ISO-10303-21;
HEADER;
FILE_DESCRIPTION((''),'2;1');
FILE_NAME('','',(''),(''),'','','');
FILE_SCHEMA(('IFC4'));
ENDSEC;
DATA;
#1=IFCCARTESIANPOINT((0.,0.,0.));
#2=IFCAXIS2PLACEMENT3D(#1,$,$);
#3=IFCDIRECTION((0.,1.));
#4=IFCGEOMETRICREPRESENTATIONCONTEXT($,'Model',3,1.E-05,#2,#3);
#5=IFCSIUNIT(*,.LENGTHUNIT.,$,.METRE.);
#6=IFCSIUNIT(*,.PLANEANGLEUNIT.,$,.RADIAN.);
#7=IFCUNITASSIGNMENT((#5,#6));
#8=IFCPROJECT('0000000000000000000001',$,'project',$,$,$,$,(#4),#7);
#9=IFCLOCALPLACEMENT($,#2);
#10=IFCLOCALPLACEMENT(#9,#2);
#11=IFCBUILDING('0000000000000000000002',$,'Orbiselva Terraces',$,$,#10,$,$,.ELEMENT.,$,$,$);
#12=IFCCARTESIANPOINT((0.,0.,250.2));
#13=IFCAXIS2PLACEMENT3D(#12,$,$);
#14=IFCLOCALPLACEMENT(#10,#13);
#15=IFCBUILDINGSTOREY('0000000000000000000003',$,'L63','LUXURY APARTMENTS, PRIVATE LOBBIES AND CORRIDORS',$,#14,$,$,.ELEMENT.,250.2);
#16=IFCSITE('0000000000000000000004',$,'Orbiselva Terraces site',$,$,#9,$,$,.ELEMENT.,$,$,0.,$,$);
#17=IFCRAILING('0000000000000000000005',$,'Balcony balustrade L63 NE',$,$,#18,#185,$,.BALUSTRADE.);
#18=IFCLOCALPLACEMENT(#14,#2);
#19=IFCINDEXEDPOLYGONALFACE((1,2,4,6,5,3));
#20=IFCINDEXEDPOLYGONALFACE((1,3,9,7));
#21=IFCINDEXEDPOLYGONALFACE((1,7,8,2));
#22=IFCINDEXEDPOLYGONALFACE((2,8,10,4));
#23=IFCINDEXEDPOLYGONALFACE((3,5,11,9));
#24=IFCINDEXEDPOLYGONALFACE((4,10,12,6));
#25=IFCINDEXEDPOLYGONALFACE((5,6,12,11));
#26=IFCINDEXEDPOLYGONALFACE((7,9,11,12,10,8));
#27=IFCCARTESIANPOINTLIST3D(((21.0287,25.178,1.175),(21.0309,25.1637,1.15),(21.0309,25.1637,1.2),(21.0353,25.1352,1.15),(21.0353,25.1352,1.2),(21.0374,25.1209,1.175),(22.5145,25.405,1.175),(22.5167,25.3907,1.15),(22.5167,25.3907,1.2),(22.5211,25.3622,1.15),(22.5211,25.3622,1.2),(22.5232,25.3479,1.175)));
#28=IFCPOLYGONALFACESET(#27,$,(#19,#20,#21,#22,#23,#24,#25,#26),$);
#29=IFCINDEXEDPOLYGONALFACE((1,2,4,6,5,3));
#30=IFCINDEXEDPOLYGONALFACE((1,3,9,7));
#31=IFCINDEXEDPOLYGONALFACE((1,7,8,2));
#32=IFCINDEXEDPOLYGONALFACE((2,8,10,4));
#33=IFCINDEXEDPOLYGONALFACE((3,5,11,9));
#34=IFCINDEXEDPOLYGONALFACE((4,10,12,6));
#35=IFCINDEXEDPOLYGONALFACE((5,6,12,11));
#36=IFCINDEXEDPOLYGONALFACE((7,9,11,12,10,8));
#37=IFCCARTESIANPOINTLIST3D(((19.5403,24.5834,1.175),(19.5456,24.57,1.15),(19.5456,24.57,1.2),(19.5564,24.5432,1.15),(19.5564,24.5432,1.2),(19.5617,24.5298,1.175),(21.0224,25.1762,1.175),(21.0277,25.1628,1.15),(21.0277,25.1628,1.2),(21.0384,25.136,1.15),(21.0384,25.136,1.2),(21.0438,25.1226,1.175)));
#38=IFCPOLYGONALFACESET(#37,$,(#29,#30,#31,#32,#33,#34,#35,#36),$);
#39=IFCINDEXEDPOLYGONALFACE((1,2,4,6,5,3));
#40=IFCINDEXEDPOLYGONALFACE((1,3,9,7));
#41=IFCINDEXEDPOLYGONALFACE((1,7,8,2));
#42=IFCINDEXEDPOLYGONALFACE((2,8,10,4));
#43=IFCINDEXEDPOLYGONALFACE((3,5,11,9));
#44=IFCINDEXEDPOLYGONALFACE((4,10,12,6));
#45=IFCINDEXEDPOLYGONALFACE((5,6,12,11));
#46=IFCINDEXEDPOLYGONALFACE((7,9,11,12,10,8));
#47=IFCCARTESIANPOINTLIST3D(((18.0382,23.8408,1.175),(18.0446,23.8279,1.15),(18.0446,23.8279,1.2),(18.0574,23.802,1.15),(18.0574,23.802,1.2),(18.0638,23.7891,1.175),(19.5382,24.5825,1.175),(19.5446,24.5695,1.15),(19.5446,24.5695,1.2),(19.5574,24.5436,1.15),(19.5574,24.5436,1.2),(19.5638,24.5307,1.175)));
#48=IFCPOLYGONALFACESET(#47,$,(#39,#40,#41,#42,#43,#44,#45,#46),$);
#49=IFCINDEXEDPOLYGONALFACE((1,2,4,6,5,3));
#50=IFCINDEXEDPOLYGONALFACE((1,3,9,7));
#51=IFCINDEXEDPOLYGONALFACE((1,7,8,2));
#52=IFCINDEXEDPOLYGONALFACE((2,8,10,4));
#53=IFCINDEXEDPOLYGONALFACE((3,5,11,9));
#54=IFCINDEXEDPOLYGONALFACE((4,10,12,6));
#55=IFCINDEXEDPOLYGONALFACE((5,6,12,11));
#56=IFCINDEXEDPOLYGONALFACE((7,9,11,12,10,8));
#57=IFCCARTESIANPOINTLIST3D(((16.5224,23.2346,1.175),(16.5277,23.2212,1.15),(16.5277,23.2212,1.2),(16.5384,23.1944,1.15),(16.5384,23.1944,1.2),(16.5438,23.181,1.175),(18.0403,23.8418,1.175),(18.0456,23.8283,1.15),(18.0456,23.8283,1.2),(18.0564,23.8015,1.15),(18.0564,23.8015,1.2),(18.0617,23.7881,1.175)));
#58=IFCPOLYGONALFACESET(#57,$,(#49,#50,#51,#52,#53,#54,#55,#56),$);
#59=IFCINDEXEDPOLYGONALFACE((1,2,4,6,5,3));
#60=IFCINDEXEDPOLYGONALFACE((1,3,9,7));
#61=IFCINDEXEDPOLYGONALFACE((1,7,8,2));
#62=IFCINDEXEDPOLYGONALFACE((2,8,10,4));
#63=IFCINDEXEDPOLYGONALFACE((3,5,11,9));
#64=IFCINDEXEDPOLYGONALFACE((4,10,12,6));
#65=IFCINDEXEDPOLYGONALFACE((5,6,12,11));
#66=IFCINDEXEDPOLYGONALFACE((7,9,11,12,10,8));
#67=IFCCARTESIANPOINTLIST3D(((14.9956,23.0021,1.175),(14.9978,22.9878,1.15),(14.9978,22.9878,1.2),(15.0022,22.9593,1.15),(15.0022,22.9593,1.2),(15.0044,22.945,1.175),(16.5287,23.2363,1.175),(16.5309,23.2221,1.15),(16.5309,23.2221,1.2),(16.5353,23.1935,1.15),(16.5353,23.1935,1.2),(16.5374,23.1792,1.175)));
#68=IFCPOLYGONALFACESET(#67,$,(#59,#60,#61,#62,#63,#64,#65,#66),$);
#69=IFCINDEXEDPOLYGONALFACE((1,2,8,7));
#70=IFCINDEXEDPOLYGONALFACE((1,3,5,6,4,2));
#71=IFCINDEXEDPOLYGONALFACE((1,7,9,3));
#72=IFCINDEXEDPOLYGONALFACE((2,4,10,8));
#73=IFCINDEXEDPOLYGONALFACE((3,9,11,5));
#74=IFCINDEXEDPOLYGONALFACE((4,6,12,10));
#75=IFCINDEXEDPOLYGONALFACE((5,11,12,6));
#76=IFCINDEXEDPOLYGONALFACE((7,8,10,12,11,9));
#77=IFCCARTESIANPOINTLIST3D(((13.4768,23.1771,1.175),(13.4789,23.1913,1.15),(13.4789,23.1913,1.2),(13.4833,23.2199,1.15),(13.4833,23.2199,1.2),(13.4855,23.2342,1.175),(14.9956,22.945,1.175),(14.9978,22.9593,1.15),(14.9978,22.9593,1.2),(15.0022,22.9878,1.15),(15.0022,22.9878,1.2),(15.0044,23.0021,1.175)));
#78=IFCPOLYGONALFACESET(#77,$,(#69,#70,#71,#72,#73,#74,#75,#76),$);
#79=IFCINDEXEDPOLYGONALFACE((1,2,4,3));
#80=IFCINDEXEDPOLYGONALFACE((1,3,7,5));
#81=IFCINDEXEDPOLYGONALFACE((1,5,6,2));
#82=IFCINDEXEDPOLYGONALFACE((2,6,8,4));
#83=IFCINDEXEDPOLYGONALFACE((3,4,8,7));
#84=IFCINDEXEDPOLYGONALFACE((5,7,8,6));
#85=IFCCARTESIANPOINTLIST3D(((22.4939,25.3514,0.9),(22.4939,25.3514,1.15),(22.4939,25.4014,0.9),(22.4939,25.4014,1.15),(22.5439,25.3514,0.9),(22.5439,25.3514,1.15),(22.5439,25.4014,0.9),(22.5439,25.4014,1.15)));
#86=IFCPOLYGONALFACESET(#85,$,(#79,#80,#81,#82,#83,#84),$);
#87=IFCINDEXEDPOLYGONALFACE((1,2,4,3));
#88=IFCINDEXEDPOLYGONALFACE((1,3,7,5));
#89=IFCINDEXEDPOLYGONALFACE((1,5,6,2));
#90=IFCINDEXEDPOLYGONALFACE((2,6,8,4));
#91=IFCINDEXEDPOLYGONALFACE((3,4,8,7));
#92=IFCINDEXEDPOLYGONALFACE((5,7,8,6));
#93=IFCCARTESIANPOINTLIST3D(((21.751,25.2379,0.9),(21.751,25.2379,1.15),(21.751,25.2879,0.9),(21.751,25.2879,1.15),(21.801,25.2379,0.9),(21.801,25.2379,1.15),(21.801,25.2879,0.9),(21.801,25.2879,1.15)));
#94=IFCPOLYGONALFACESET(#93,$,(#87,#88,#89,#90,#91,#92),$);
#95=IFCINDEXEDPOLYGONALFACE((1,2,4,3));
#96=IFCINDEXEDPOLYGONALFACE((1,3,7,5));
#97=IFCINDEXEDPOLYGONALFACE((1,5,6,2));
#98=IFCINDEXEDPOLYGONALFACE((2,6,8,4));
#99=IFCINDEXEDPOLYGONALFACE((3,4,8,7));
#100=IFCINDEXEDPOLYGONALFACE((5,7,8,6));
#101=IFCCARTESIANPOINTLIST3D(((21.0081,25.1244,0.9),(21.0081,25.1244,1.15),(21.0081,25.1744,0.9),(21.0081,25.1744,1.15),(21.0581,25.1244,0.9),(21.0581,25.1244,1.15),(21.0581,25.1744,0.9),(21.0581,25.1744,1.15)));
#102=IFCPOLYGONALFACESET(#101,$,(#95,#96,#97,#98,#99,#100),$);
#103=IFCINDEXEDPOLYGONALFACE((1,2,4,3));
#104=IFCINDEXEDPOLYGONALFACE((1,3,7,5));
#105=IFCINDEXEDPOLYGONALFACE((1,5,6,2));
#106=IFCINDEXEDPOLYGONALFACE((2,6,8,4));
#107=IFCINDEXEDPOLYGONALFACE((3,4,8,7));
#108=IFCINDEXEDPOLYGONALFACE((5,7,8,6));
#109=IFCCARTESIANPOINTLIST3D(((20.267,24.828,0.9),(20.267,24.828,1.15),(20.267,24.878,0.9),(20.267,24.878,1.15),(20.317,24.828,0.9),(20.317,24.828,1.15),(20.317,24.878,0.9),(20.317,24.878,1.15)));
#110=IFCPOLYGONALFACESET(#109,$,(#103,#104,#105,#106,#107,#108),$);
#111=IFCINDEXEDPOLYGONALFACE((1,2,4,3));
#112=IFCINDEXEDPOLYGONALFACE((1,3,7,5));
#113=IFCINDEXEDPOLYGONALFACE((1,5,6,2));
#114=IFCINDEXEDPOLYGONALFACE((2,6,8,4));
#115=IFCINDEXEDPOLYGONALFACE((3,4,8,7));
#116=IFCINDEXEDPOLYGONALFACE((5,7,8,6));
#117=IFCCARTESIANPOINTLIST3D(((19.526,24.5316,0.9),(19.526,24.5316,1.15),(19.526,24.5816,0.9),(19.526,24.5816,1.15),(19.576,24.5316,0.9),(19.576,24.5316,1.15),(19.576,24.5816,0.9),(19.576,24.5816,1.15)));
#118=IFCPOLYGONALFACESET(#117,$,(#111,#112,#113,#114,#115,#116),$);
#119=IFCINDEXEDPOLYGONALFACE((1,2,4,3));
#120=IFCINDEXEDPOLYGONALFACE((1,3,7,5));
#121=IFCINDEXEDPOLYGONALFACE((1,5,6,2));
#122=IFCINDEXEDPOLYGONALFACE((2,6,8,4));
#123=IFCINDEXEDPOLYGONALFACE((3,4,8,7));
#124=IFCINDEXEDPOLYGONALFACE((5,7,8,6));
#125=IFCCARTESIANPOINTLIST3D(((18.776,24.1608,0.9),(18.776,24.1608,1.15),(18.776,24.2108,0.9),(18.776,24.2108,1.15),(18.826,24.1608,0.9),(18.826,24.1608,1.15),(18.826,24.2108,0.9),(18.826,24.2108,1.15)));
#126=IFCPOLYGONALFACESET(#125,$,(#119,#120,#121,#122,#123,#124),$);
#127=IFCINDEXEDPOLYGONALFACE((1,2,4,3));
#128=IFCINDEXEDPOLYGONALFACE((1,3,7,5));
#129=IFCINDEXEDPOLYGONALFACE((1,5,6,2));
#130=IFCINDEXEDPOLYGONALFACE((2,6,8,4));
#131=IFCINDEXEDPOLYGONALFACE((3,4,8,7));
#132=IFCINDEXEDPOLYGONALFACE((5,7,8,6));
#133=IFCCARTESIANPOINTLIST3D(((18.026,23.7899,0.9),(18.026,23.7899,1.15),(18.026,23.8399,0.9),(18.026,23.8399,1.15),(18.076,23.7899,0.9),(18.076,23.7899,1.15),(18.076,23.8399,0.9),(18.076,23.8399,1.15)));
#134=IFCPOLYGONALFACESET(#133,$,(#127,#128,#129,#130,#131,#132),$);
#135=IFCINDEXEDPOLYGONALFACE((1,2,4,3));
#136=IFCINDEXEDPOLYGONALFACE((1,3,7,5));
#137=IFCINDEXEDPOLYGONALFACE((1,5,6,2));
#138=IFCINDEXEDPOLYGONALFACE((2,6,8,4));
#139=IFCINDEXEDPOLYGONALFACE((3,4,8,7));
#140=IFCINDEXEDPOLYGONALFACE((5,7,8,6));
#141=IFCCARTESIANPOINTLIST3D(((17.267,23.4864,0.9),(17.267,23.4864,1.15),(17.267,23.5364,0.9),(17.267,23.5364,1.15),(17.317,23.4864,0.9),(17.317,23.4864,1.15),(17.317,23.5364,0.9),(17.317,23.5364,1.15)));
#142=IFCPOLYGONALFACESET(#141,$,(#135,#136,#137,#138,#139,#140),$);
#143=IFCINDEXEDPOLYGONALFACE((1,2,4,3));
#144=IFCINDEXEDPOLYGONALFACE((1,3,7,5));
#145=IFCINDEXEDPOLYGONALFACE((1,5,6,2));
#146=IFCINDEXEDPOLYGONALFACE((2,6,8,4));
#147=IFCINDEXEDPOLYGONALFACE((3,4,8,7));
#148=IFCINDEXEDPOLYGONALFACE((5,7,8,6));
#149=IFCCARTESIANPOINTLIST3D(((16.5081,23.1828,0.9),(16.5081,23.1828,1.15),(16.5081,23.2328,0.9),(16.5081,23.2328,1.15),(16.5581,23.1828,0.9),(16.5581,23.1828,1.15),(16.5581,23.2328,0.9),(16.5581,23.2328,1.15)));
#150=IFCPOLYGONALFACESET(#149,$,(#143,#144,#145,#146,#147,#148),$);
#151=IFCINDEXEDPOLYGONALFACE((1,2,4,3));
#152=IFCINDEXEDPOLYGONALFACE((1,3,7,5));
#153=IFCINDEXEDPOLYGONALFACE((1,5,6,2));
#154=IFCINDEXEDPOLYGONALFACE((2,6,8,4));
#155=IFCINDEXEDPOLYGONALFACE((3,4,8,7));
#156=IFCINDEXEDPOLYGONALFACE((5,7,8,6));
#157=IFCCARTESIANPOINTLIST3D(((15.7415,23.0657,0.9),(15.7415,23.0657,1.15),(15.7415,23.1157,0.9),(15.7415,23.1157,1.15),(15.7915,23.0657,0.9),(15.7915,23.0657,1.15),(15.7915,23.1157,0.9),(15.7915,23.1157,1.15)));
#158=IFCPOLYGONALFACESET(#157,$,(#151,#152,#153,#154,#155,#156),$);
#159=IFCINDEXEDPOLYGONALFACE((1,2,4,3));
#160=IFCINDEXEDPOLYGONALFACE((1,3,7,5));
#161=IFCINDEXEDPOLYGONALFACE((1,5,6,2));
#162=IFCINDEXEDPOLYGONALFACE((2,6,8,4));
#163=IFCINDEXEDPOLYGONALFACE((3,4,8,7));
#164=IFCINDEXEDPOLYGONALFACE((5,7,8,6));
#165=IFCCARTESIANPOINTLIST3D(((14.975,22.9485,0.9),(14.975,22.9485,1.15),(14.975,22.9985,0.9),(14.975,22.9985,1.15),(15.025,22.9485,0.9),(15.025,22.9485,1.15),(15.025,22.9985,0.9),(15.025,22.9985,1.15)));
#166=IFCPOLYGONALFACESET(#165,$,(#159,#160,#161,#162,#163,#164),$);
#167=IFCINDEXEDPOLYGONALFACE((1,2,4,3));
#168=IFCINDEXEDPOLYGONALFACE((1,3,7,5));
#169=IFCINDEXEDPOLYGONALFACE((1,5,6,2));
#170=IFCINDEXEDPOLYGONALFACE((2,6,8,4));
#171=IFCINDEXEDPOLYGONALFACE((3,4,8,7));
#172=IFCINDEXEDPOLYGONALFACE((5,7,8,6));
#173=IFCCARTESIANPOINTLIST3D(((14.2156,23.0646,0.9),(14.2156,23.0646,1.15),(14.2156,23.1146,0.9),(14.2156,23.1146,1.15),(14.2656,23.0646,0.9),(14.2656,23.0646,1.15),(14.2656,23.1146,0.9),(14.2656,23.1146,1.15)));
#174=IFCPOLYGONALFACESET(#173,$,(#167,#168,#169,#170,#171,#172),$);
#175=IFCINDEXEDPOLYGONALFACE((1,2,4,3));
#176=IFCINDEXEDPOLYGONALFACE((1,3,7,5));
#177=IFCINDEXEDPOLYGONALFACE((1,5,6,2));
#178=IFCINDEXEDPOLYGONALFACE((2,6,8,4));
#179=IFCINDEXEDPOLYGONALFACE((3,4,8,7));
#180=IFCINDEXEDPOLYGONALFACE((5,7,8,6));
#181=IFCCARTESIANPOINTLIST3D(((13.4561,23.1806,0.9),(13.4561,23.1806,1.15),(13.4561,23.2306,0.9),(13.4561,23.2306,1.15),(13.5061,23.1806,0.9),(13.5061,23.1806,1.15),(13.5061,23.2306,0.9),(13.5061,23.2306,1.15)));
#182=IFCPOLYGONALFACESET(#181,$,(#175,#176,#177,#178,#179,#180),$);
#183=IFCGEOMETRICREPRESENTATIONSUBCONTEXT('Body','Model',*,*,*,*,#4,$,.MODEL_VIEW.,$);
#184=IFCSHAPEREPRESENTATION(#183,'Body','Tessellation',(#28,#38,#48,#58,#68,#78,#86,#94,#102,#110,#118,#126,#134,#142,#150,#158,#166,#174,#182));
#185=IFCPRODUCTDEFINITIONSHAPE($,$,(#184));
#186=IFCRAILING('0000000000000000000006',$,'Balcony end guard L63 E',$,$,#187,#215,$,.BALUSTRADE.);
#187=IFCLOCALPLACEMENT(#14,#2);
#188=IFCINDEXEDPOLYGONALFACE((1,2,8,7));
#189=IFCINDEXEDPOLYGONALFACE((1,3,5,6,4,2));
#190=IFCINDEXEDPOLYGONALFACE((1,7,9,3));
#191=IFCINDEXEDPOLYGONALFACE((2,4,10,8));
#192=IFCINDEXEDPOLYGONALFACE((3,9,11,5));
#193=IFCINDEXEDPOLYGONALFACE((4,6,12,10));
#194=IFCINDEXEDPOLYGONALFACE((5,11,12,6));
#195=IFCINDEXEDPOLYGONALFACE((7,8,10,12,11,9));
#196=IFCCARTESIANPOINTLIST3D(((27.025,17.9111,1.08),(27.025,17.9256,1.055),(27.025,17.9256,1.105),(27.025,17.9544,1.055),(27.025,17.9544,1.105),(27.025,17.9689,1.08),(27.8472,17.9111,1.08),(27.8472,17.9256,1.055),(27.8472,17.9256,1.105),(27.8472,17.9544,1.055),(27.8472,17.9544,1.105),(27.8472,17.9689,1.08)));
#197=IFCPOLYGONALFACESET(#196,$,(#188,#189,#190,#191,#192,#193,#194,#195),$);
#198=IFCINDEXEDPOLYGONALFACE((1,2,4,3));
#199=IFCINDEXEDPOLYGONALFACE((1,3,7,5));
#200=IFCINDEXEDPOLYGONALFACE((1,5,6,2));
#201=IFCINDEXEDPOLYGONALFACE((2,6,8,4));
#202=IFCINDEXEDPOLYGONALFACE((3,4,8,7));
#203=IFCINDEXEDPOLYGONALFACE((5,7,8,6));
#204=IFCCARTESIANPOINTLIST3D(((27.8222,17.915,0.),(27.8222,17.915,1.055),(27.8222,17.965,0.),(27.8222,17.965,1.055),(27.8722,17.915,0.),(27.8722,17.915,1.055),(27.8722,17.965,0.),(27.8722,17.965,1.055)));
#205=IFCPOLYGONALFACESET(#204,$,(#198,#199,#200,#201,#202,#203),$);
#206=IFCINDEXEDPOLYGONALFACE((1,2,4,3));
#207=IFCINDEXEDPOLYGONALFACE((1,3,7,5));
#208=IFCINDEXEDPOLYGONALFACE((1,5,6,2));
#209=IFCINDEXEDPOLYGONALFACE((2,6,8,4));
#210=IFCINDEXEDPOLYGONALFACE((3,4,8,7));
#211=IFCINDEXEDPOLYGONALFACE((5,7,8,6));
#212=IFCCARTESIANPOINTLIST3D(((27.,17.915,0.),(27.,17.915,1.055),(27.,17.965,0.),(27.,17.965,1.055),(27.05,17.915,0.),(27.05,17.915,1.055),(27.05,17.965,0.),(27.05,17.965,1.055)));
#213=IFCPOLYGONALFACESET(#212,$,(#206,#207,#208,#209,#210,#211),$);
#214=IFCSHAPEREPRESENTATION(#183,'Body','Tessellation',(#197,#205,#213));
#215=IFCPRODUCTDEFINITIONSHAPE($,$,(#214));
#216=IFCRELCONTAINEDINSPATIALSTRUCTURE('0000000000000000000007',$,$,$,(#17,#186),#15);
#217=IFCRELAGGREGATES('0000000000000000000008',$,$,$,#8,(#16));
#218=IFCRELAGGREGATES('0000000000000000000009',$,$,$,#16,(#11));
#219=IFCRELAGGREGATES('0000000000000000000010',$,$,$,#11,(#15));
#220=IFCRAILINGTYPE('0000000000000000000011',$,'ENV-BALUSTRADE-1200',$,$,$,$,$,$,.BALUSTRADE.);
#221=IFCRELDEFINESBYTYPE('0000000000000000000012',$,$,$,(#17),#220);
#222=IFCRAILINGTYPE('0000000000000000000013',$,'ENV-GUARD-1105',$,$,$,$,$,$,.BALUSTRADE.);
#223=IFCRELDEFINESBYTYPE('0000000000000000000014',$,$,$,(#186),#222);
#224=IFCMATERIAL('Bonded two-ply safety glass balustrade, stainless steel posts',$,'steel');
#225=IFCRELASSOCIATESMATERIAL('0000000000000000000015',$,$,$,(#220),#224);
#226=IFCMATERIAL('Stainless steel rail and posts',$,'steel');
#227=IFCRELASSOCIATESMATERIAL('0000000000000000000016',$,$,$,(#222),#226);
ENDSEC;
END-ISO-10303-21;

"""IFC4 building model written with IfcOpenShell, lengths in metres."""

from ifc_helpers import new_model, si_unit, direction, frame, origin, origin_2d, place, context, subcontext, project, spatial, polyline, rectangle, outline, extrude, material, type_object, element, save


model = new_model("IFC4")

# Units and contexts
model_context = context("Model", 3, precision=1e-05, world=origin(), true_north=direction((0.0, 1.0)))
body_context = subcontext(model_context, "Body", "Model", "MODEL_VIEW")
ifc_project = project(units=[si_unit("LENGTHUNIT", "METRE"), si_unit("PLANEANGLEUNIT", "RADIAN")], contexts=[model_context])

# Site, building, storey
site_placement = place(None, origin())
site = spatial("IfcSite", under=ifc_project, at=site_placement, Name="Orbiselva Terraces site", CompositionType="ELEMENT", RefElevation=0.0)
building_placement = place(site_placement, origin())
building = spatial("IfcBuilding", under=site, at=building_placement, Name="Orbiselva Terraces", CompositionType="ELEMENT")
storey_placement = place(building_placement, frame((0.0, 0.0, 250.2)))
storey = spatial("IfcBuildingStorey", under=building, at=storey_placement, Name="L63", Description="LUXURY APARTMENTS, PRIVATE LOBBIES AND CORRIDORS", CompositionType="ELEMENT", Elevation=250.2)

# Railings
ifc_material_1 = material(Name="Bonded two-ply safety glass balustrade, stainless steel posts", Category="steel")
railing_type_1 = type_object("IfcRailingType", Name="ENV-BALUSTRADE-1200", PredefinedType="BALUSTRADE", material=ifc_material_1)
railing_1_placement = place(storey_placement, frame((22.5189, 25.3764, 0.9)))
element("IfcRailing", 1, at=railing_1_placement, inside=storey, type_object=railing_type_1, Name="Balcony balustrade L63 NE", PredefinedType="BALUSTRADE", context=body_context, shape_type="SweptSolid", body=[
    extrude(outline(polyline([(0.0289, 0.0), (0.0144, 0.025), (-0.0144, 0.025), (-0.0289, 0.0), (-0.0144, -0.025), (0.0144, -0.025), (0.0289, 0.0)])), frame((0.0, 0.0, 0.275), z_axis=(-0.988529, -0.151034, 0.0), x_axis=(0.151034, -0.988529, 0.0)), (0.0, 0.0, 1.0), 1.503),
    extrude(outline(polyline([(0.0289, 0.0), (0.0144, 0.025), (-0.0144, 0.025), (-0.0289, 0.0), (-0.0144, -0.025), (0.0144, -0.025), (0.0289, 0.0)])), frame((-1.4858, -0.227, 0.275), z_axis=(-0.928477, -0.371391, 0.0), x_axis=(0.371391, -0.928477, 0.0)), (0.0, 0.0, 1.0), 1.5963),
    extrude(outline(polyline([(0.0289, 0.0), (0.0144, 0.025), (-0.0144, 0.025), (-0.0289, 0.0), (-0.0144, -0.025), (0.0144, -0.025), (0.0289, 0.0)])), frame((-2.9679, -0.8198, 0.275), z_axis=(-0.896417, -0.443212, 0.0), x_axis=(0.443212, -0.896417, 0.0)), (0.0, 0.0, 1.0), 1.6733),
    extrude(outline(polyline([(0.0289, 0.0), (0.0144, 0.025), (-0.0144, 0.025), (-0.0289, 0.0), (-0.0144, -0.025), (0.0144, -0.025), (0.0289, 0.0)])), frame((-4.4679, -1.5615, 0.275), z_axis=(-0.928477, -0.37139, 0.0), x_axis=(0.37139, -0.928477, 0.0)), (0.0, 0.0, 1.0), 1.6348),
    extrude(outline(polyline([(0.0289, 0.0), (0.0144, 0.025), (-0.0144, 0.025), (-0.0289, 0.0), (-0.0144, -0.025), (0.0144, -0.025), (0.0289, 0.0)])), frame((-5.9858, -2.1686, 0.275), z_axis=(-0.988529, -0.151034, 0.0), x_axis=(0.151034, -0.988529, 0.0)), (0.0, 0.0, 1.0), 1.5509),
    extrude(outline(polyline([(0.0289, 0.0), (0.0144, 0.025), (-0.0144, 0.025), (-0.0289, 0.0), (-0.0144, -0.025), (0.0144, -0.025), (0.0289, 0.0)])), frame((-7.5189, -2.4029, 0.275), z_axis=(-0.988529, 0.151034, 0.0), x_axis=(-0.151034, -0.988529, 0.0)), (0.0, 0.0, 1.0), 1.5365),
    extrude(rectangle(XDim=0.05, YDim=0.05, at=origin_2d()), origin(), (0.0, 0.0, 1.0), 0.25),
    extrude(rectangle(XDim=0.05, YDim=0.05, at=origin_2d()), frame((-0.7429, -0.1135, 0.0)), (0.0, 0.0, 1.0), 0.25),
    extrude(rectangle(XDim=0.05, YDim=0.05, at=origin_2d()), frame((-1.4858, -0.227, 0.0)), (0.0, 0.0, 1.0), 0.25),
    extrude(rectangle(XDim=0.05, YDim=0.05, at=origin_2d()), frame((-2.2268, -0.5234, 0.0)), (0.0, 0.0, 1.0), 0.25),
    extrude(rectangle(XDim=0.05, YDim=0.05, at=origin_2d()), frame((-2.9679, -0.8198, 0.0)), (0.0, 0.0, 1.0), 0.25),
    extrude(rectangle(XDim=0.05, YDim=0.05, at=origin_2d()), frame((-3.7179, -1.1907, 0.0)), (0.0, 0.0, 1.0), 0.25),
    extrude(rectangle(XDim=0.05, YDim=0.05, at=origin_2d()), frame((-4.4679, -1.5615, 0.0)), (0.0, 0.0, 1.0), 0.25),
    extrude(rectangle(XDim=0.05, YDim=0.05, at=origin_2d()), frame((-5.2268, -1.8651, 0.0)), (0.0, 0.0, 1.0), 0.25),
    extrude(rectangle(XDim=0.05, YDim=0.05, at=origin_2d()), frame((-5.9858, -2.1686, 0.0)), (0.0, 0.0, 1.0), 0.25),
    extrude(rectangle(XDim=0.05, YDim=0.05, at=origin_2d()), frame((-6.7523, -2.2858, 0.0)), (0.0, 0.0, 1.0), 0.25),
    extrude(rectangle(XDim=0.05, YDim=0.05, at=origin_2d()), frame((-7.5189, -2.4029, 0.0)), (0.0, 0.0, 1.0), 0.25),
    extrude(rectangle(XDim=0.05, YDim=0.05, at=origin_2d()), frame((-8.2783, -2.2869, 0.0)), (0.0, 0.0, 1.0), 0.25),
    extrude(rectangle(XDim=0.05, YDim=0.05, at=origin_2d()), frame((-9.0378, -2.1708, 0.0)), (0.0, 0.0, 1.0), 0.25),
])
ifc_material_2 = material(Name="Stainless steel rail and posts", Category="steel")
railing_type_2 = type_object("IfcRailingType", Name="ENV-GUARD-1105", PredefinedType="BALUSTRADE", material=ifc_material_2)
railing_2_placement = place(storey_placement, frame((27.8472, 17.94, 0.0)))
element("IfcRailing", 2, at=railing_2_placement, inside=storey, type_object=railing_type_2, Name="Balcony end guard L63 E", PredefinedType="BALUSTRADE", context=body_context, shape_type="SweptSolid", body=[
    extrude(outline(polyline([(0.0289, 0.0), (0.0144, 0.025), (-0.0144, 0.025), (-0.0289, 0.0), (-0.0144, -0.025), (0.0144, -0.025), (0.0289, 0.0)])), frame((0.0, 0.0, 1.08), z_axis=(-1.0, 0.0, 0.0), x_axis=(0.0, -1.0, 0.0)), (0.0, 0.0, 1.0), 0.8222),
    extrude(rectangle(XDim=0.05, YDim=0.05, at=origin_2d()), origin(), (0.0, 0.0, 1.0), 1.055),
    extrude(rectangle(XDim=0.05, YDim=0.05, at=origin_2d()), frame((-0.8222, 0.0, 0.0)), (0.0, 0.0, 1.0), 1.055),
])

save(model, "model.ifc")
